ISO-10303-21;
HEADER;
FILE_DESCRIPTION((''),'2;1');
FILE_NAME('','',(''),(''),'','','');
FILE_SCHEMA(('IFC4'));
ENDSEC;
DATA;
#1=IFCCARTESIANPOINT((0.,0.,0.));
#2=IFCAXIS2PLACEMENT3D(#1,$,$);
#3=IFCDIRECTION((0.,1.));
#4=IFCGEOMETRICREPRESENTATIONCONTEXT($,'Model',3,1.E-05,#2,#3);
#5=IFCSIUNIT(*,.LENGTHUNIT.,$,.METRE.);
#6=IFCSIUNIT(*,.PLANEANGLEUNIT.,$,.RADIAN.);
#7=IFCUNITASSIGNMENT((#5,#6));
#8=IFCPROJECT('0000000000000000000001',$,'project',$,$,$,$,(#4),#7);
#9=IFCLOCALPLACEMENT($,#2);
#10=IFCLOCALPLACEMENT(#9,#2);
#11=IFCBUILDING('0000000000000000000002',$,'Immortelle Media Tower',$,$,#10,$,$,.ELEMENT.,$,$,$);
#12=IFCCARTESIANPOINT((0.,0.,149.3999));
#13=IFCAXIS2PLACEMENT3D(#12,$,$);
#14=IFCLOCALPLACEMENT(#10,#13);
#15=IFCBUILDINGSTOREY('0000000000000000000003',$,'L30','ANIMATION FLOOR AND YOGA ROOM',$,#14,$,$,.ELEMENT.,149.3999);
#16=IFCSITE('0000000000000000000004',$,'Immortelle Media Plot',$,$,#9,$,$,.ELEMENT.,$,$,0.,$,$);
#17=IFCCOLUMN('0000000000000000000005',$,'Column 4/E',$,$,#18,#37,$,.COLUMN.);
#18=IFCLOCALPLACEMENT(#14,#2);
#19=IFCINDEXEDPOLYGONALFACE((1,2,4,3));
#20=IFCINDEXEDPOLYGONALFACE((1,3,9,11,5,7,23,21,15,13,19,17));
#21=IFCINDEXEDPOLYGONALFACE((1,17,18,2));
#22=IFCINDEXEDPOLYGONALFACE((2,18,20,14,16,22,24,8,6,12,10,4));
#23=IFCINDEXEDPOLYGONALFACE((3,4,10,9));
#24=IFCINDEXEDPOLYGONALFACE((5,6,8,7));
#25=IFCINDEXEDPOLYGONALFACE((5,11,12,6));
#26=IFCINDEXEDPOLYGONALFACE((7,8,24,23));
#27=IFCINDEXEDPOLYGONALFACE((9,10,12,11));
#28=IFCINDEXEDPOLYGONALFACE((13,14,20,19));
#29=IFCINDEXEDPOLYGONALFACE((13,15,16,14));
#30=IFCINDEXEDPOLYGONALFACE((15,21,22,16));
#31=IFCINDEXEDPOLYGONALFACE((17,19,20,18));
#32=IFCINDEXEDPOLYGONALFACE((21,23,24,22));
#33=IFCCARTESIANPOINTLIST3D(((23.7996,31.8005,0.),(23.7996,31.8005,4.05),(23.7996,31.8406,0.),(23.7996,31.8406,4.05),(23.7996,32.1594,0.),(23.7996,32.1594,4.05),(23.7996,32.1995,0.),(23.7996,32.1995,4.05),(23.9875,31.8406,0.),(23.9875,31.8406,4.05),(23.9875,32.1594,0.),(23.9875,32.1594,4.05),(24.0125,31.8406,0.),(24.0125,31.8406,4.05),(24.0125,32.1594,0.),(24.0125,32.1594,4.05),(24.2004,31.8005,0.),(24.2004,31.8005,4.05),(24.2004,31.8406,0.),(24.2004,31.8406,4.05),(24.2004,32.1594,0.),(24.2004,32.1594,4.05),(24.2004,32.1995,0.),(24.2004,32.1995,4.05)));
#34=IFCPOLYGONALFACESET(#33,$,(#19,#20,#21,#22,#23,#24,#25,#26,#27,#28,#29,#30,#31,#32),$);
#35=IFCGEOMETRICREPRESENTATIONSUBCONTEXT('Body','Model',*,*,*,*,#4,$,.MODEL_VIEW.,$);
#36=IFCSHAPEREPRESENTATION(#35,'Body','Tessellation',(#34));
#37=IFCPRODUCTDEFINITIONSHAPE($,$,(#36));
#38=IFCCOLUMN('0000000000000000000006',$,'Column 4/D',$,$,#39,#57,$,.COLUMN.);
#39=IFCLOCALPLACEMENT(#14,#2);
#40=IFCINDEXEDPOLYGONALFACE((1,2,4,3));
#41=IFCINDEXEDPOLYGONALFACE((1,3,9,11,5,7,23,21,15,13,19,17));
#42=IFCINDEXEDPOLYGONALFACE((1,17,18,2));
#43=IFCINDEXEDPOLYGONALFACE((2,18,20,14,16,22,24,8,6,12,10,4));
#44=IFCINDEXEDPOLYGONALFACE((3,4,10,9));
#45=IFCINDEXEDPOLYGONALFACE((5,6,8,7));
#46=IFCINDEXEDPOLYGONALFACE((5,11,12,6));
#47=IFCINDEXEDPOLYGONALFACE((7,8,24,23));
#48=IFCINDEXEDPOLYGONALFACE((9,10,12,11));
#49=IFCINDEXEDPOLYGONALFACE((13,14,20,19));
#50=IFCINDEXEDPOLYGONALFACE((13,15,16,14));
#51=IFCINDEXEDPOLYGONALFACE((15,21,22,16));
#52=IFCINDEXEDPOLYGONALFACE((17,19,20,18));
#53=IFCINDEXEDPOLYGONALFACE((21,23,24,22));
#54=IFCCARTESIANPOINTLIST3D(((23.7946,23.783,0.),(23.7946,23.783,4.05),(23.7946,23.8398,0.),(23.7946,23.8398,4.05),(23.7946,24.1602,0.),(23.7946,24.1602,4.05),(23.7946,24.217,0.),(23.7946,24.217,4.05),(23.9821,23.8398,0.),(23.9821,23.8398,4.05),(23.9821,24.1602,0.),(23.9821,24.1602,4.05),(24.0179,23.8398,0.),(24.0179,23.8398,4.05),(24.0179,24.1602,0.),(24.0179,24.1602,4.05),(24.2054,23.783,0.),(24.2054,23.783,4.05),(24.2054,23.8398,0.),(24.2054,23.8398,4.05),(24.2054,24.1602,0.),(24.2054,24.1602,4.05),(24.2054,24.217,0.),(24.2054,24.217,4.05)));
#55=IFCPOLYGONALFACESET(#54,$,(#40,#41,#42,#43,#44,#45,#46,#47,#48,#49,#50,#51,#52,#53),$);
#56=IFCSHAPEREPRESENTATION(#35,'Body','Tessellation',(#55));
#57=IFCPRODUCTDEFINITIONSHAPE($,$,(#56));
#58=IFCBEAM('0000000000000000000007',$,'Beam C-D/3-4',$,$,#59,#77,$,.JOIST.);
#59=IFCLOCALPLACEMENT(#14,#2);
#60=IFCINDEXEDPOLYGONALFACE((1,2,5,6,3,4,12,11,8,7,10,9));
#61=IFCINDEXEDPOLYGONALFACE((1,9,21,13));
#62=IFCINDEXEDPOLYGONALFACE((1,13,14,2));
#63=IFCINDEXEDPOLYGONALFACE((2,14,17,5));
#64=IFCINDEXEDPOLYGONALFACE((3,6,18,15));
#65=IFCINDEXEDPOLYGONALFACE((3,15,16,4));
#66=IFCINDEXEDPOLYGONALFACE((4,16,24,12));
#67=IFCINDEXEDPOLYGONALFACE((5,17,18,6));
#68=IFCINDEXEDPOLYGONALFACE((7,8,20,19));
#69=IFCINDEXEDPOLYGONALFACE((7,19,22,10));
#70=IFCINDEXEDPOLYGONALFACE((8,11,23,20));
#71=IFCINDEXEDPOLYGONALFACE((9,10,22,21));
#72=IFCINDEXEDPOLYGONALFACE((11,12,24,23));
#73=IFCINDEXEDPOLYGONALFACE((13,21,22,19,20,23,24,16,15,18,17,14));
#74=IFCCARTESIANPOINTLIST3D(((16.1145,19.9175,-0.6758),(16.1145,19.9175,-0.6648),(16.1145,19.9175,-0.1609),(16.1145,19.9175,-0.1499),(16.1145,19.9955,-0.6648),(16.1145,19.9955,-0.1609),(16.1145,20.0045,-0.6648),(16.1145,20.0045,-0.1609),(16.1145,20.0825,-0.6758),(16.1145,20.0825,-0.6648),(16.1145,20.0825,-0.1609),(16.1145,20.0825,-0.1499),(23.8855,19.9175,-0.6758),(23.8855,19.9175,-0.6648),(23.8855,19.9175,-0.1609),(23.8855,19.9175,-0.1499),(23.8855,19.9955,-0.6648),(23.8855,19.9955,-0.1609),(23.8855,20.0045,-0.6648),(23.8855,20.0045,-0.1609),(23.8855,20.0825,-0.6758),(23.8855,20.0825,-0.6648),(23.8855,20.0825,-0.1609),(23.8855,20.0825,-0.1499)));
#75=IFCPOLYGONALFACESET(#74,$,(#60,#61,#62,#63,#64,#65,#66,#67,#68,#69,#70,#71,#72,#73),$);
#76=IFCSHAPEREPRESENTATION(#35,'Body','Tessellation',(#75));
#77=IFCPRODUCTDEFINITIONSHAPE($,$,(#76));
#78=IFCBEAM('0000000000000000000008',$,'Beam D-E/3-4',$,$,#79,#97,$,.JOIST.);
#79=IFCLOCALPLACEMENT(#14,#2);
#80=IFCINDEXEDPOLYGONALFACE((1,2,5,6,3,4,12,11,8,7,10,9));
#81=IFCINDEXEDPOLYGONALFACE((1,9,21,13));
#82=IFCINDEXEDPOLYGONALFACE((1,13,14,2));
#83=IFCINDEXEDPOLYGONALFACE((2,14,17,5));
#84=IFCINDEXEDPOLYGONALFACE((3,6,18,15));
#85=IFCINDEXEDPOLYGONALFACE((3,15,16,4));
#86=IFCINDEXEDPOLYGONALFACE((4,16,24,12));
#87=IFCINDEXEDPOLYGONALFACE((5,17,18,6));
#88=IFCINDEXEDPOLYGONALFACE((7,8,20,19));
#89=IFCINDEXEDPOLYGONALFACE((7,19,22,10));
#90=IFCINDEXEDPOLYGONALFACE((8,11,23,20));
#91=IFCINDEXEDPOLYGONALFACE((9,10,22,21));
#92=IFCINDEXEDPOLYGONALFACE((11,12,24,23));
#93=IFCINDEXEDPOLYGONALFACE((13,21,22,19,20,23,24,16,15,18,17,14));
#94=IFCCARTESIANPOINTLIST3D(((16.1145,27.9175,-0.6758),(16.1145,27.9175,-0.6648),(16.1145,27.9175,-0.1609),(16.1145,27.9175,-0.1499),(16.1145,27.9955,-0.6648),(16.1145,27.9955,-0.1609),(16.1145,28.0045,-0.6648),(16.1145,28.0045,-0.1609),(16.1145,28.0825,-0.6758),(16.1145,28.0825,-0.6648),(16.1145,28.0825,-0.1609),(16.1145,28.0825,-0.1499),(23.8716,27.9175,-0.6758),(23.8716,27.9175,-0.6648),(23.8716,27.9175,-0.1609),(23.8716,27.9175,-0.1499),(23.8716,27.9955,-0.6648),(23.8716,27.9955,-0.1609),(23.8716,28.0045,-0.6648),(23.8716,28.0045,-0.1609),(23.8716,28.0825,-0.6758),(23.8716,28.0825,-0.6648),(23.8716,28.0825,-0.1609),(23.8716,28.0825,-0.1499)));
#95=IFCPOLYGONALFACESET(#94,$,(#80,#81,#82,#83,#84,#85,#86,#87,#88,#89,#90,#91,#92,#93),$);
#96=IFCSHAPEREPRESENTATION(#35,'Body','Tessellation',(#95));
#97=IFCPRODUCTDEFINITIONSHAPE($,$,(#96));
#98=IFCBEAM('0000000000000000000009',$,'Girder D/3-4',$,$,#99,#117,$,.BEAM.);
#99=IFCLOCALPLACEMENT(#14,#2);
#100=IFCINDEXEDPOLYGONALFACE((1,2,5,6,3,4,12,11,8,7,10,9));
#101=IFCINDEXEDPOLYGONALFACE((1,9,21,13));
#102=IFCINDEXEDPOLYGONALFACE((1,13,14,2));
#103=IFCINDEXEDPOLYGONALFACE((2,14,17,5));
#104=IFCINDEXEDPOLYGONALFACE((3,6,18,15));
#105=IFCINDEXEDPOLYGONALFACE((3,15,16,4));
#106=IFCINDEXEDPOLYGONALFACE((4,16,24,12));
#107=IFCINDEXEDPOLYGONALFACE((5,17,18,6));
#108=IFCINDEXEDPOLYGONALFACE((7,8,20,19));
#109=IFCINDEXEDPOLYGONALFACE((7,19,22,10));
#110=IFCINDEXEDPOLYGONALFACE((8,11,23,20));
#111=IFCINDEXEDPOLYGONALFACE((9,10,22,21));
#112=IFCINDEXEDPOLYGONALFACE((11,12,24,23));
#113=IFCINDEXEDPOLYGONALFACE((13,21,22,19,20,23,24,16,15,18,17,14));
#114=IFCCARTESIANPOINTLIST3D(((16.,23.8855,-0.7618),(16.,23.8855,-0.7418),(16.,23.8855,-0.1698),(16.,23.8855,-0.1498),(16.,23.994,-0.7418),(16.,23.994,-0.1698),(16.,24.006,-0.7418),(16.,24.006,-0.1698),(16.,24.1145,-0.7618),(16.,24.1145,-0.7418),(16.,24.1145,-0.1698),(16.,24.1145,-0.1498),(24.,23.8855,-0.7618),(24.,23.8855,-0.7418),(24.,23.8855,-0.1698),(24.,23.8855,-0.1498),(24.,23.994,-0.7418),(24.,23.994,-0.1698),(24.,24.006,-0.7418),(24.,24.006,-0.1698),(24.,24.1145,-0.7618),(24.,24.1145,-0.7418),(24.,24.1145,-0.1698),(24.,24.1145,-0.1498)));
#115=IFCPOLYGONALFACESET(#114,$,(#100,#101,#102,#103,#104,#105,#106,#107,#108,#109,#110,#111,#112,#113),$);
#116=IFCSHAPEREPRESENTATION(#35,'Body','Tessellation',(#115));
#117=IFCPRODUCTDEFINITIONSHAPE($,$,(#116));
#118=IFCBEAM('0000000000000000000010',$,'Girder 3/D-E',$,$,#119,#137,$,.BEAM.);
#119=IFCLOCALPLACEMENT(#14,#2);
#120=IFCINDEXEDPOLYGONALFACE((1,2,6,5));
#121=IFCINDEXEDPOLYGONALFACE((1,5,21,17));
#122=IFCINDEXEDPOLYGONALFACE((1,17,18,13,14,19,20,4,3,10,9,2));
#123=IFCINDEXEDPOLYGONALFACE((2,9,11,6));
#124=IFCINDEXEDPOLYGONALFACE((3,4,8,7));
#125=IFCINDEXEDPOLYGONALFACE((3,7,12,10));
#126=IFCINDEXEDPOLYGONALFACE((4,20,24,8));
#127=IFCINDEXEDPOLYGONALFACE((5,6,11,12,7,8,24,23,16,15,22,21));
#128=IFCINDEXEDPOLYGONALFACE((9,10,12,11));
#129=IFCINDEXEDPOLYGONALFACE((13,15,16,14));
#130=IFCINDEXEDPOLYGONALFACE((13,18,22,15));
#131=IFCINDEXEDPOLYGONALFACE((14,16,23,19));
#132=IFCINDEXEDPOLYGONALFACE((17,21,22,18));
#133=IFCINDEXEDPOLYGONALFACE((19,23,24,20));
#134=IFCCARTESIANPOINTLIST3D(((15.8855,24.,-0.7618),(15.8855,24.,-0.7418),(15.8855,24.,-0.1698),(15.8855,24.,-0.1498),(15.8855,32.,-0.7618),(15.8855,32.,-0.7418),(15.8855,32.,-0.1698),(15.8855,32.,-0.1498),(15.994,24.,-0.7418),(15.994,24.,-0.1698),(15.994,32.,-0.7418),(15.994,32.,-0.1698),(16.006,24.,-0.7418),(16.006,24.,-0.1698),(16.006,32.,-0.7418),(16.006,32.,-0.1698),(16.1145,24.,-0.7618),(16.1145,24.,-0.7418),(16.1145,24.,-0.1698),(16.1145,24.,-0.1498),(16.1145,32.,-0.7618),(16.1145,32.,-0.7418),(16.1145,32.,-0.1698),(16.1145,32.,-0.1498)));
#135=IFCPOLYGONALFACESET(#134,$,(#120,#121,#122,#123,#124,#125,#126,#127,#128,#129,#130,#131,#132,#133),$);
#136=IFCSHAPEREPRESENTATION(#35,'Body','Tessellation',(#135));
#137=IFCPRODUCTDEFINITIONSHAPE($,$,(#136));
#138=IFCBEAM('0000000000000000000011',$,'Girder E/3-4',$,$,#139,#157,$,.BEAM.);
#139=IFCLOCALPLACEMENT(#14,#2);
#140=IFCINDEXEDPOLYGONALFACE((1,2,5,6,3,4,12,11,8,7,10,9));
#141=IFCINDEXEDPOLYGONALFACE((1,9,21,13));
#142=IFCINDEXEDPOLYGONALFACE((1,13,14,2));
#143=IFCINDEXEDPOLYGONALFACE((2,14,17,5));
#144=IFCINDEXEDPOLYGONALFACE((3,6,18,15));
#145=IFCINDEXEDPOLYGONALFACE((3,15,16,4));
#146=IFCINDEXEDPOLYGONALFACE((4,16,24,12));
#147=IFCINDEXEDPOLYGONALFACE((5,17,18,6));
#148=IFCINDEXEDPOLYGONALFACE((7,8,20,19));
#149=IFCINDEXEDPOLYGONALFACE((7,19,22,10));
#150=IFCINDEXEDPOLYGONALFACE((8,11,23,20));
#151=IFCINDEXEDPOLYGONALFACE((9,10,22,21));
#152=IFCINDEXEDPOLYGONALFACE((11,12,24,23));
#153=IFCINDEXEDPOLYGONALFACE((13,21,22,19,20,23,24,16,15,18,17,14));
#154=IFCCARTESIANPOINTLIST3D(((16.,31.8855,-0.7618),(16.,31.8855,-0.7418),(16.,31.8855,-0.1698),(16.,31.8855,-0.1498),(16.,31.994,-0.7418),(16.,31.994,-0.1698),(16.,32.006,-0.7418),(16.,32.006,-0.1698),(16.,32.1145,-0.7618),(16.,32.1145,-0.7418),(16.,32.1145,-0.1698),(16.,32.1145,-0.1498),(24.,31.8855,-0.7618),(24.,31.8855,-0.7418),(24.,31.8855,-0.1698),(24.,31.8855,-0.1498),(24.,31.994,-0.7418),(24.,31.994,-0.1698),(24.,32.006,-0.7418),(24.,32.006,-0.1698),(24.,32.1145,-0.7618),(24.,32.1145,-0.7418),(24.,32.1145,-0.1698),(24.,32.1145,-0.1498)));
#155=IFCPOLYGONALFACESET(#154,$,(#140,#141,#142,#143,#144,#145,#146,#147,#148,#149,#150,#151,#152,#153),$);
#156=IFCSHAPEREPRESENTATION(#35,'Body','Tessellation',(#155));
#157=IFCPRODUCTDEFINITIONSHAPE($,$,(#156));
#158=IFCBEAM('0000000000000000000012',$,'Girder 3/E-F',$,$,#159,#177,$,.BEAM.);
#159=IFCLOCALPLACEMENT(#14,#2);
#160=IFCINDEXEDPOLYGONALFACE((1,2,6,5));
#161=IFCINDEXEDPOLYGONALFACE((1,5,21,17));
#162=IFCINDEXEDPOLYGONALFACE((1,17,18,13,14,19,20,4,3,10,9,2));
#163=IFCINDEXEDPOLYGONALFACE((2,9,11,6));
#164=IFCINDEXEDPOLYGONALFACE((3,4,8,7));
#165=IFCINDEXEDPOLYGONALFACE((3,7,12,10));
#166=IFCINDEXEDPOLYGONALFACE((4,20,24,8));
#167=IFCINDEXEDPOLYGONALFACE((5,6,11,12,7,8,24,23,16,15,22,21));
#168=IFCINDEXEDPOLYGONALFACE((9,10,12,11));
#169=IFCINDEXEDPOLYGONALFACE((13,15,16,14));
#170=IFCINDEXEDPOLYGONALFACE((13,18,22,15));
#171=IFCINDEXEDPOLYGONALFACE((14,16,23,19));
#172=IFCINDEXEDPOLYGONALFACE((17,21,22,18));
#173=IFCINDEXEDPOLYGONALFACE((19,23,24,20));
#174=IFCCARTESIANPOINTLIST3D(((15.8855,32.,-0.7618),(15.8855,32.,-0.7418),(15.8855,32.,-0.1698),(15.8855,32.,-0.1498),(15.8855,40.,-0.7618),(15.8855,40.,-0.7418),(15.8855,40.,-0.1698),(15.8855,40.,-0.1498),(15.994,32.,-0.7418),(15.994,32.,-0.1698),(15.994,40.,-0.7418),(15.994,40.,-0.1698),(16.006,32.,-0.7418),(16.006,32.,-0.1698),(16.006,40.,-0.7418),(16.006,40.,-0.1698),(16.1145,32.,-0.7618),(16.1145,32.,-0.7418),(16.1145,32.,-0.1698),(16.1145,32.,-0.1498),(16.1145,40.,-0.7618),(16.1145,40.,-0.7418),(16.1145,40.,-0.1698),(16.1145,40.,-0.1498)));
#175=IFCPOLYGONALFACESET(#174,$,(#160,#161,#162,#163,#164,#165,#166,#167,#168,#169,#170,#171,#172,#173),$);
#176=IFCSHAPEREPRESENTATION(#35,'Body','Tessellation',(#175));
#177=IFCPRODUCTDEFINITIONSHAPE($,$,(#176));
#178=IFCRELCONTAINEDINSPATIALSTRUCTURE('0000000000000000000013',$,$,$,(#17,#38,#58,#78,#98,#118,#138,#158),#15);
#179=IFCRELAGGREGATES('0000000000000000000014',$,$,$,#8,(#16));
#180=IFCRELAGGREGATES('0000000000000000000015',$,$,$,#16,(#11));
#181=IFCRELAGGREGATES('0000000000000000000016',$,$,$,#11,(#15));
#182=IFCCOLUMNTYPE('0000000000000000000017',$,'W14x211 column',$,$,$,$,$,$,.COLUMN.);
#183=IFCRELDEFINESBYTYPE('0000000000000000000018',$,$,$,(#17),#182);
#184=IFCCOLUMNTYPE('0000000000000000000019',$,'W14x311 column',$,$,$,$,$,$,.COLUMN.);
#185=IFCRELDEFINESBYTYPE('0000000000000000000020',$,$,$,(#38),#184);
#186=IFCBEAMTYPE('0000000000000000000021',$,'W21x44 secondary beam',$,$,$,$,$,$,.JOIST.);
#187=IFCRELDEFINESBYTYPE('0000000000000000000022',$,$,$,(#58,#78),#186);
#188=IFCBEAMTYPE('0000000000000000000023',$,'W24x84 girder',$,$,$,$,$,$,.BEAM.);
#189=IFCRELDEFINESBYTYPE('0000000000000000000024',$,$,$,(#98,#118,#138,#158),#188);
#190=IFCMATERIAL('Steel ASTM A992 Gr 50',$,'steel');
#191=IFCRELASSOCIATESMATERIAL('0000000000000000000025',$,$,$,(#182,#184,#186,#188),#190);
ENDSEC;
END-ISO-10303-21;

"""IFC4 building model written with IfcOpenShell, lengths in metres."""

from ifc_helpers import new_model, si_unit, direction, frame, origin, origin_2d, place, context, subcontext, project, spatial, i_section, extrude, material, material_profile, profile_set, type_object, element, save


model = new_model("IFC4")

# Units and contexts
model_context = context("Model", 3, precision=1e-05, world=origin(), true_north=direction((0.0, 1.0)))
body_context = subcontext(model_context, "Body", "Model", "MODEL_VIEW")
ifc_project = project(units=[si_unit("LENGTHUNIT", "METRE"), si_unit("PLANEANGLEUNIT", "RADIAN")], contexts=[model_context])

# Site, building, storey
site_placement = place(None, origin())
site = spatial("IfcSite", under=ifc_project, at=site_placement, Name="Immortelle Media Plot", CompositionType="ELEMENT", RefElevation=0.0)
building_placement = place(site_placement, origin())
building = spatial("IfcBuilding", under=site, at=building_placement, Name="Immortelle Media Tower", CompositionType="ELEMENT")
storey_placement = place(building_placement, frame((0.0, 0.0, 149.3999)))
storey = spatial("IfcBuildingStorey", under=building, at=storey_placement, Name="L30", Description="ANIMATION FLOOR AND YOGA ROOM", CompositionType="ELEMENT", Elevation=149.3999)

# Columns
ifc_material_1 = material(Name="Steel ASTM A992 Gr 50", Category="steel")
ifc_material_profile_1 = material_profile(ifc_material_1, i_section(OverallWidth=0.4009, OverallDepth=0.3989, WebThickness=0.0249, FlangeThickness=0.04, at=origin_2d()), Name="W14x211")
ifc_profile_set_1 = profile_set([ifc_material_profile_1], Name="Steel ASTM A992 Gr 50")
column_type_1 = type_object("IfcColumnType", Name="W14x211 column", PredefinedType="COLUMN", material=ifc_profile_set_1)
column_1_placement = place(storey_placement, frame((24.0, 32.0, 0.0), z_axis=(0.0, 0.0, 1.0), x_axis=(1.0, 0.0, 0.0)))
element("IfcColumn", 1, at=column_1_placement, inside=storey, type_object=column_type_1, Name="Column 4/E", PredefinedType="COLUMN", context=body_context, shape_type="SweptSolid", body=[
    extrude(i_section(OverallWidth=0.4009, OverallDepth=0.3989, WebThickness=0.0249, FlangeThickness=0.04, at=origin_2d()), origin(), (0.0, 0.0, 1.0), 4.05),
])
ifc_material_profile_2 = material_profile(ifc_material_1, i_section(OverallWidth=0.4109, OverallDepth=0.4341, WebThickness=0.0359, FlangeThickness=0.0569, at=origin_2d()), Name="W14x311")
ifc_profile_set_2 = profile_set([ifc_material_profile_2], Name="Steel ASTM A992 Gr 50")
column_type_2 = type_object("IfcColumnType", Name="W14x311 column", PredefinedType="COLUMN", material=ifc_profile_set_2)
column_2_placement = place(storey_placement, frame((24.0, 24.0, 0.0), z_axis=(0.0, 0.0, 1.0), x_axis=(1.0, 0.0, 0.0)))
element("IfcColumn", 2, at=column_2_placement, inside=storey, type_object=column_type_2, Name="Column 4/D", PredefinedType="COLUMN", context=body_context, shape_type="SweptSolid", body=[
    extrude(i_section(OverallWidth=0.4109, OverallDepth=0.4341, WebThickness=0.0359, FlangeThickness=0.0569, at=origin_2d()), origin(), (0.0, 0.0, 1.0), 4.05),
])

# Beams
ifc_material_profile_3 = material_profile(ifc_material_1, i_section(OverallWidth=0.165, OverallDepth=0.5259, WebThickness=0.009, FlangeThickness=0.011, at=origin_2d()), Name="W21x44")
ifc_profile_set_3 = profile_set([ifc_material_profile_3], Name="Steel ASTM A992 Gr 50")
beam_type_1 = type_object("IfcBeamType", Name="W21x44 secondary beam", PredefinedType="JOIST", material=ifc_profile_set_3)
beam_1_placement = place(storey_placement, frame((16.1145, 20.0, -0.4128), z_axis=(1.0, 0.0, 0.0), x_axis=(0.0, 1.0, 0.0)))
element("IfcBeam", 3, at=beam_1_placement, inside=storey, type_object=beam_type_1, Name="Beam C-D/3-4", PredefinedType="JOIST", context=body_context, shape_type="SweptSolid", body=[
    extrude(i_section(OverallWidth=0.165, OverallDepth=0.5259, WebThickness=0.009, FlangeThickness=0.011, at=origin_2d()), origin(), (0.0, 0.0, 1.0), 7.771),
])
beam_2_placement = place(storey_placement, frame((16.1145, 28.0, -0.4128), z_axis=(1.0, 0.0, 0.0), x_axis=(0.0, 1.0, 0.0)))
element("IfcBeam", 4, at=beam_2_placement, inside=storey, type_object=beam_type_1, Name="Beam D-E/3-4", PredefinedType="JOIST", context=body_context, shape_type="SweptSolid", body=[
    extrude(i_section(OverallWidth=0.165, OverallDepth=0.5259, WebThickness=0.009, FlangeThickness=0.011, at=origin_2d()), origin(), (0.0, 0.0, 1.0), 7.7571),
])
ifc_material_profile_4 = material_profile(ifc_material_1, i_section(OverallWidth=0.229, OverallDepth=0.6121, WebThickness=0.012, FlangeThickness=0.02, at=origin_2d()), Name="W24x84")
ifc_profile_set_4 = profile_set([ifc_material_profile_4], Name="Steel ASTM A992 Gr 50")
beam_type_2 = type_object("IfcBeamType", Name="W24x84 girder", PredefinedType="BEAM", material=ifc_profile_set_4)
for number, where, z_axis, x_axis, name in (
    (5, (16.0, 24.0, -0.4558), (1.0, 0.0, 0.0), (0.0, 1.0, 0.0), "Girder D/3-4"),
    (6, (16.0, 24.0, -0.4558), (0.0, 1.0, 0.0), (-1.0, 0.0, 0.0), "Girder 3/D-E"),
    (7, (16.0, 32.0, -0.4558), (1.0, 0.0, 0.0), (0.0, 1.0, 0.0), "Girder E/3-4"),
    (8, (16.0, 32.0, -0.4558), (0.0, 1.0, 0.0), (-1.0, 0.0, 0.0), "Girder 3/E-F"),
):
    element("IfcBeam", number, at=place(storey_placement, frame(where, z_axis=z_axis, x_axis=x_axis)), inside=storey, type_object=beam_type_2, Name=name, PredefinedType="BEAM", context=body_context, shape_type="SweptSolid", body=[
        extrude(i_section(OverallWidth=0.229, OverallDepth=0.6121, WebThickness=0.012, FlangeThickness=0.02, at=origin_2d()), origin(), (0.0, 0.0, 1.0), 8.0),
    ])

save(model, "model.ifc")
